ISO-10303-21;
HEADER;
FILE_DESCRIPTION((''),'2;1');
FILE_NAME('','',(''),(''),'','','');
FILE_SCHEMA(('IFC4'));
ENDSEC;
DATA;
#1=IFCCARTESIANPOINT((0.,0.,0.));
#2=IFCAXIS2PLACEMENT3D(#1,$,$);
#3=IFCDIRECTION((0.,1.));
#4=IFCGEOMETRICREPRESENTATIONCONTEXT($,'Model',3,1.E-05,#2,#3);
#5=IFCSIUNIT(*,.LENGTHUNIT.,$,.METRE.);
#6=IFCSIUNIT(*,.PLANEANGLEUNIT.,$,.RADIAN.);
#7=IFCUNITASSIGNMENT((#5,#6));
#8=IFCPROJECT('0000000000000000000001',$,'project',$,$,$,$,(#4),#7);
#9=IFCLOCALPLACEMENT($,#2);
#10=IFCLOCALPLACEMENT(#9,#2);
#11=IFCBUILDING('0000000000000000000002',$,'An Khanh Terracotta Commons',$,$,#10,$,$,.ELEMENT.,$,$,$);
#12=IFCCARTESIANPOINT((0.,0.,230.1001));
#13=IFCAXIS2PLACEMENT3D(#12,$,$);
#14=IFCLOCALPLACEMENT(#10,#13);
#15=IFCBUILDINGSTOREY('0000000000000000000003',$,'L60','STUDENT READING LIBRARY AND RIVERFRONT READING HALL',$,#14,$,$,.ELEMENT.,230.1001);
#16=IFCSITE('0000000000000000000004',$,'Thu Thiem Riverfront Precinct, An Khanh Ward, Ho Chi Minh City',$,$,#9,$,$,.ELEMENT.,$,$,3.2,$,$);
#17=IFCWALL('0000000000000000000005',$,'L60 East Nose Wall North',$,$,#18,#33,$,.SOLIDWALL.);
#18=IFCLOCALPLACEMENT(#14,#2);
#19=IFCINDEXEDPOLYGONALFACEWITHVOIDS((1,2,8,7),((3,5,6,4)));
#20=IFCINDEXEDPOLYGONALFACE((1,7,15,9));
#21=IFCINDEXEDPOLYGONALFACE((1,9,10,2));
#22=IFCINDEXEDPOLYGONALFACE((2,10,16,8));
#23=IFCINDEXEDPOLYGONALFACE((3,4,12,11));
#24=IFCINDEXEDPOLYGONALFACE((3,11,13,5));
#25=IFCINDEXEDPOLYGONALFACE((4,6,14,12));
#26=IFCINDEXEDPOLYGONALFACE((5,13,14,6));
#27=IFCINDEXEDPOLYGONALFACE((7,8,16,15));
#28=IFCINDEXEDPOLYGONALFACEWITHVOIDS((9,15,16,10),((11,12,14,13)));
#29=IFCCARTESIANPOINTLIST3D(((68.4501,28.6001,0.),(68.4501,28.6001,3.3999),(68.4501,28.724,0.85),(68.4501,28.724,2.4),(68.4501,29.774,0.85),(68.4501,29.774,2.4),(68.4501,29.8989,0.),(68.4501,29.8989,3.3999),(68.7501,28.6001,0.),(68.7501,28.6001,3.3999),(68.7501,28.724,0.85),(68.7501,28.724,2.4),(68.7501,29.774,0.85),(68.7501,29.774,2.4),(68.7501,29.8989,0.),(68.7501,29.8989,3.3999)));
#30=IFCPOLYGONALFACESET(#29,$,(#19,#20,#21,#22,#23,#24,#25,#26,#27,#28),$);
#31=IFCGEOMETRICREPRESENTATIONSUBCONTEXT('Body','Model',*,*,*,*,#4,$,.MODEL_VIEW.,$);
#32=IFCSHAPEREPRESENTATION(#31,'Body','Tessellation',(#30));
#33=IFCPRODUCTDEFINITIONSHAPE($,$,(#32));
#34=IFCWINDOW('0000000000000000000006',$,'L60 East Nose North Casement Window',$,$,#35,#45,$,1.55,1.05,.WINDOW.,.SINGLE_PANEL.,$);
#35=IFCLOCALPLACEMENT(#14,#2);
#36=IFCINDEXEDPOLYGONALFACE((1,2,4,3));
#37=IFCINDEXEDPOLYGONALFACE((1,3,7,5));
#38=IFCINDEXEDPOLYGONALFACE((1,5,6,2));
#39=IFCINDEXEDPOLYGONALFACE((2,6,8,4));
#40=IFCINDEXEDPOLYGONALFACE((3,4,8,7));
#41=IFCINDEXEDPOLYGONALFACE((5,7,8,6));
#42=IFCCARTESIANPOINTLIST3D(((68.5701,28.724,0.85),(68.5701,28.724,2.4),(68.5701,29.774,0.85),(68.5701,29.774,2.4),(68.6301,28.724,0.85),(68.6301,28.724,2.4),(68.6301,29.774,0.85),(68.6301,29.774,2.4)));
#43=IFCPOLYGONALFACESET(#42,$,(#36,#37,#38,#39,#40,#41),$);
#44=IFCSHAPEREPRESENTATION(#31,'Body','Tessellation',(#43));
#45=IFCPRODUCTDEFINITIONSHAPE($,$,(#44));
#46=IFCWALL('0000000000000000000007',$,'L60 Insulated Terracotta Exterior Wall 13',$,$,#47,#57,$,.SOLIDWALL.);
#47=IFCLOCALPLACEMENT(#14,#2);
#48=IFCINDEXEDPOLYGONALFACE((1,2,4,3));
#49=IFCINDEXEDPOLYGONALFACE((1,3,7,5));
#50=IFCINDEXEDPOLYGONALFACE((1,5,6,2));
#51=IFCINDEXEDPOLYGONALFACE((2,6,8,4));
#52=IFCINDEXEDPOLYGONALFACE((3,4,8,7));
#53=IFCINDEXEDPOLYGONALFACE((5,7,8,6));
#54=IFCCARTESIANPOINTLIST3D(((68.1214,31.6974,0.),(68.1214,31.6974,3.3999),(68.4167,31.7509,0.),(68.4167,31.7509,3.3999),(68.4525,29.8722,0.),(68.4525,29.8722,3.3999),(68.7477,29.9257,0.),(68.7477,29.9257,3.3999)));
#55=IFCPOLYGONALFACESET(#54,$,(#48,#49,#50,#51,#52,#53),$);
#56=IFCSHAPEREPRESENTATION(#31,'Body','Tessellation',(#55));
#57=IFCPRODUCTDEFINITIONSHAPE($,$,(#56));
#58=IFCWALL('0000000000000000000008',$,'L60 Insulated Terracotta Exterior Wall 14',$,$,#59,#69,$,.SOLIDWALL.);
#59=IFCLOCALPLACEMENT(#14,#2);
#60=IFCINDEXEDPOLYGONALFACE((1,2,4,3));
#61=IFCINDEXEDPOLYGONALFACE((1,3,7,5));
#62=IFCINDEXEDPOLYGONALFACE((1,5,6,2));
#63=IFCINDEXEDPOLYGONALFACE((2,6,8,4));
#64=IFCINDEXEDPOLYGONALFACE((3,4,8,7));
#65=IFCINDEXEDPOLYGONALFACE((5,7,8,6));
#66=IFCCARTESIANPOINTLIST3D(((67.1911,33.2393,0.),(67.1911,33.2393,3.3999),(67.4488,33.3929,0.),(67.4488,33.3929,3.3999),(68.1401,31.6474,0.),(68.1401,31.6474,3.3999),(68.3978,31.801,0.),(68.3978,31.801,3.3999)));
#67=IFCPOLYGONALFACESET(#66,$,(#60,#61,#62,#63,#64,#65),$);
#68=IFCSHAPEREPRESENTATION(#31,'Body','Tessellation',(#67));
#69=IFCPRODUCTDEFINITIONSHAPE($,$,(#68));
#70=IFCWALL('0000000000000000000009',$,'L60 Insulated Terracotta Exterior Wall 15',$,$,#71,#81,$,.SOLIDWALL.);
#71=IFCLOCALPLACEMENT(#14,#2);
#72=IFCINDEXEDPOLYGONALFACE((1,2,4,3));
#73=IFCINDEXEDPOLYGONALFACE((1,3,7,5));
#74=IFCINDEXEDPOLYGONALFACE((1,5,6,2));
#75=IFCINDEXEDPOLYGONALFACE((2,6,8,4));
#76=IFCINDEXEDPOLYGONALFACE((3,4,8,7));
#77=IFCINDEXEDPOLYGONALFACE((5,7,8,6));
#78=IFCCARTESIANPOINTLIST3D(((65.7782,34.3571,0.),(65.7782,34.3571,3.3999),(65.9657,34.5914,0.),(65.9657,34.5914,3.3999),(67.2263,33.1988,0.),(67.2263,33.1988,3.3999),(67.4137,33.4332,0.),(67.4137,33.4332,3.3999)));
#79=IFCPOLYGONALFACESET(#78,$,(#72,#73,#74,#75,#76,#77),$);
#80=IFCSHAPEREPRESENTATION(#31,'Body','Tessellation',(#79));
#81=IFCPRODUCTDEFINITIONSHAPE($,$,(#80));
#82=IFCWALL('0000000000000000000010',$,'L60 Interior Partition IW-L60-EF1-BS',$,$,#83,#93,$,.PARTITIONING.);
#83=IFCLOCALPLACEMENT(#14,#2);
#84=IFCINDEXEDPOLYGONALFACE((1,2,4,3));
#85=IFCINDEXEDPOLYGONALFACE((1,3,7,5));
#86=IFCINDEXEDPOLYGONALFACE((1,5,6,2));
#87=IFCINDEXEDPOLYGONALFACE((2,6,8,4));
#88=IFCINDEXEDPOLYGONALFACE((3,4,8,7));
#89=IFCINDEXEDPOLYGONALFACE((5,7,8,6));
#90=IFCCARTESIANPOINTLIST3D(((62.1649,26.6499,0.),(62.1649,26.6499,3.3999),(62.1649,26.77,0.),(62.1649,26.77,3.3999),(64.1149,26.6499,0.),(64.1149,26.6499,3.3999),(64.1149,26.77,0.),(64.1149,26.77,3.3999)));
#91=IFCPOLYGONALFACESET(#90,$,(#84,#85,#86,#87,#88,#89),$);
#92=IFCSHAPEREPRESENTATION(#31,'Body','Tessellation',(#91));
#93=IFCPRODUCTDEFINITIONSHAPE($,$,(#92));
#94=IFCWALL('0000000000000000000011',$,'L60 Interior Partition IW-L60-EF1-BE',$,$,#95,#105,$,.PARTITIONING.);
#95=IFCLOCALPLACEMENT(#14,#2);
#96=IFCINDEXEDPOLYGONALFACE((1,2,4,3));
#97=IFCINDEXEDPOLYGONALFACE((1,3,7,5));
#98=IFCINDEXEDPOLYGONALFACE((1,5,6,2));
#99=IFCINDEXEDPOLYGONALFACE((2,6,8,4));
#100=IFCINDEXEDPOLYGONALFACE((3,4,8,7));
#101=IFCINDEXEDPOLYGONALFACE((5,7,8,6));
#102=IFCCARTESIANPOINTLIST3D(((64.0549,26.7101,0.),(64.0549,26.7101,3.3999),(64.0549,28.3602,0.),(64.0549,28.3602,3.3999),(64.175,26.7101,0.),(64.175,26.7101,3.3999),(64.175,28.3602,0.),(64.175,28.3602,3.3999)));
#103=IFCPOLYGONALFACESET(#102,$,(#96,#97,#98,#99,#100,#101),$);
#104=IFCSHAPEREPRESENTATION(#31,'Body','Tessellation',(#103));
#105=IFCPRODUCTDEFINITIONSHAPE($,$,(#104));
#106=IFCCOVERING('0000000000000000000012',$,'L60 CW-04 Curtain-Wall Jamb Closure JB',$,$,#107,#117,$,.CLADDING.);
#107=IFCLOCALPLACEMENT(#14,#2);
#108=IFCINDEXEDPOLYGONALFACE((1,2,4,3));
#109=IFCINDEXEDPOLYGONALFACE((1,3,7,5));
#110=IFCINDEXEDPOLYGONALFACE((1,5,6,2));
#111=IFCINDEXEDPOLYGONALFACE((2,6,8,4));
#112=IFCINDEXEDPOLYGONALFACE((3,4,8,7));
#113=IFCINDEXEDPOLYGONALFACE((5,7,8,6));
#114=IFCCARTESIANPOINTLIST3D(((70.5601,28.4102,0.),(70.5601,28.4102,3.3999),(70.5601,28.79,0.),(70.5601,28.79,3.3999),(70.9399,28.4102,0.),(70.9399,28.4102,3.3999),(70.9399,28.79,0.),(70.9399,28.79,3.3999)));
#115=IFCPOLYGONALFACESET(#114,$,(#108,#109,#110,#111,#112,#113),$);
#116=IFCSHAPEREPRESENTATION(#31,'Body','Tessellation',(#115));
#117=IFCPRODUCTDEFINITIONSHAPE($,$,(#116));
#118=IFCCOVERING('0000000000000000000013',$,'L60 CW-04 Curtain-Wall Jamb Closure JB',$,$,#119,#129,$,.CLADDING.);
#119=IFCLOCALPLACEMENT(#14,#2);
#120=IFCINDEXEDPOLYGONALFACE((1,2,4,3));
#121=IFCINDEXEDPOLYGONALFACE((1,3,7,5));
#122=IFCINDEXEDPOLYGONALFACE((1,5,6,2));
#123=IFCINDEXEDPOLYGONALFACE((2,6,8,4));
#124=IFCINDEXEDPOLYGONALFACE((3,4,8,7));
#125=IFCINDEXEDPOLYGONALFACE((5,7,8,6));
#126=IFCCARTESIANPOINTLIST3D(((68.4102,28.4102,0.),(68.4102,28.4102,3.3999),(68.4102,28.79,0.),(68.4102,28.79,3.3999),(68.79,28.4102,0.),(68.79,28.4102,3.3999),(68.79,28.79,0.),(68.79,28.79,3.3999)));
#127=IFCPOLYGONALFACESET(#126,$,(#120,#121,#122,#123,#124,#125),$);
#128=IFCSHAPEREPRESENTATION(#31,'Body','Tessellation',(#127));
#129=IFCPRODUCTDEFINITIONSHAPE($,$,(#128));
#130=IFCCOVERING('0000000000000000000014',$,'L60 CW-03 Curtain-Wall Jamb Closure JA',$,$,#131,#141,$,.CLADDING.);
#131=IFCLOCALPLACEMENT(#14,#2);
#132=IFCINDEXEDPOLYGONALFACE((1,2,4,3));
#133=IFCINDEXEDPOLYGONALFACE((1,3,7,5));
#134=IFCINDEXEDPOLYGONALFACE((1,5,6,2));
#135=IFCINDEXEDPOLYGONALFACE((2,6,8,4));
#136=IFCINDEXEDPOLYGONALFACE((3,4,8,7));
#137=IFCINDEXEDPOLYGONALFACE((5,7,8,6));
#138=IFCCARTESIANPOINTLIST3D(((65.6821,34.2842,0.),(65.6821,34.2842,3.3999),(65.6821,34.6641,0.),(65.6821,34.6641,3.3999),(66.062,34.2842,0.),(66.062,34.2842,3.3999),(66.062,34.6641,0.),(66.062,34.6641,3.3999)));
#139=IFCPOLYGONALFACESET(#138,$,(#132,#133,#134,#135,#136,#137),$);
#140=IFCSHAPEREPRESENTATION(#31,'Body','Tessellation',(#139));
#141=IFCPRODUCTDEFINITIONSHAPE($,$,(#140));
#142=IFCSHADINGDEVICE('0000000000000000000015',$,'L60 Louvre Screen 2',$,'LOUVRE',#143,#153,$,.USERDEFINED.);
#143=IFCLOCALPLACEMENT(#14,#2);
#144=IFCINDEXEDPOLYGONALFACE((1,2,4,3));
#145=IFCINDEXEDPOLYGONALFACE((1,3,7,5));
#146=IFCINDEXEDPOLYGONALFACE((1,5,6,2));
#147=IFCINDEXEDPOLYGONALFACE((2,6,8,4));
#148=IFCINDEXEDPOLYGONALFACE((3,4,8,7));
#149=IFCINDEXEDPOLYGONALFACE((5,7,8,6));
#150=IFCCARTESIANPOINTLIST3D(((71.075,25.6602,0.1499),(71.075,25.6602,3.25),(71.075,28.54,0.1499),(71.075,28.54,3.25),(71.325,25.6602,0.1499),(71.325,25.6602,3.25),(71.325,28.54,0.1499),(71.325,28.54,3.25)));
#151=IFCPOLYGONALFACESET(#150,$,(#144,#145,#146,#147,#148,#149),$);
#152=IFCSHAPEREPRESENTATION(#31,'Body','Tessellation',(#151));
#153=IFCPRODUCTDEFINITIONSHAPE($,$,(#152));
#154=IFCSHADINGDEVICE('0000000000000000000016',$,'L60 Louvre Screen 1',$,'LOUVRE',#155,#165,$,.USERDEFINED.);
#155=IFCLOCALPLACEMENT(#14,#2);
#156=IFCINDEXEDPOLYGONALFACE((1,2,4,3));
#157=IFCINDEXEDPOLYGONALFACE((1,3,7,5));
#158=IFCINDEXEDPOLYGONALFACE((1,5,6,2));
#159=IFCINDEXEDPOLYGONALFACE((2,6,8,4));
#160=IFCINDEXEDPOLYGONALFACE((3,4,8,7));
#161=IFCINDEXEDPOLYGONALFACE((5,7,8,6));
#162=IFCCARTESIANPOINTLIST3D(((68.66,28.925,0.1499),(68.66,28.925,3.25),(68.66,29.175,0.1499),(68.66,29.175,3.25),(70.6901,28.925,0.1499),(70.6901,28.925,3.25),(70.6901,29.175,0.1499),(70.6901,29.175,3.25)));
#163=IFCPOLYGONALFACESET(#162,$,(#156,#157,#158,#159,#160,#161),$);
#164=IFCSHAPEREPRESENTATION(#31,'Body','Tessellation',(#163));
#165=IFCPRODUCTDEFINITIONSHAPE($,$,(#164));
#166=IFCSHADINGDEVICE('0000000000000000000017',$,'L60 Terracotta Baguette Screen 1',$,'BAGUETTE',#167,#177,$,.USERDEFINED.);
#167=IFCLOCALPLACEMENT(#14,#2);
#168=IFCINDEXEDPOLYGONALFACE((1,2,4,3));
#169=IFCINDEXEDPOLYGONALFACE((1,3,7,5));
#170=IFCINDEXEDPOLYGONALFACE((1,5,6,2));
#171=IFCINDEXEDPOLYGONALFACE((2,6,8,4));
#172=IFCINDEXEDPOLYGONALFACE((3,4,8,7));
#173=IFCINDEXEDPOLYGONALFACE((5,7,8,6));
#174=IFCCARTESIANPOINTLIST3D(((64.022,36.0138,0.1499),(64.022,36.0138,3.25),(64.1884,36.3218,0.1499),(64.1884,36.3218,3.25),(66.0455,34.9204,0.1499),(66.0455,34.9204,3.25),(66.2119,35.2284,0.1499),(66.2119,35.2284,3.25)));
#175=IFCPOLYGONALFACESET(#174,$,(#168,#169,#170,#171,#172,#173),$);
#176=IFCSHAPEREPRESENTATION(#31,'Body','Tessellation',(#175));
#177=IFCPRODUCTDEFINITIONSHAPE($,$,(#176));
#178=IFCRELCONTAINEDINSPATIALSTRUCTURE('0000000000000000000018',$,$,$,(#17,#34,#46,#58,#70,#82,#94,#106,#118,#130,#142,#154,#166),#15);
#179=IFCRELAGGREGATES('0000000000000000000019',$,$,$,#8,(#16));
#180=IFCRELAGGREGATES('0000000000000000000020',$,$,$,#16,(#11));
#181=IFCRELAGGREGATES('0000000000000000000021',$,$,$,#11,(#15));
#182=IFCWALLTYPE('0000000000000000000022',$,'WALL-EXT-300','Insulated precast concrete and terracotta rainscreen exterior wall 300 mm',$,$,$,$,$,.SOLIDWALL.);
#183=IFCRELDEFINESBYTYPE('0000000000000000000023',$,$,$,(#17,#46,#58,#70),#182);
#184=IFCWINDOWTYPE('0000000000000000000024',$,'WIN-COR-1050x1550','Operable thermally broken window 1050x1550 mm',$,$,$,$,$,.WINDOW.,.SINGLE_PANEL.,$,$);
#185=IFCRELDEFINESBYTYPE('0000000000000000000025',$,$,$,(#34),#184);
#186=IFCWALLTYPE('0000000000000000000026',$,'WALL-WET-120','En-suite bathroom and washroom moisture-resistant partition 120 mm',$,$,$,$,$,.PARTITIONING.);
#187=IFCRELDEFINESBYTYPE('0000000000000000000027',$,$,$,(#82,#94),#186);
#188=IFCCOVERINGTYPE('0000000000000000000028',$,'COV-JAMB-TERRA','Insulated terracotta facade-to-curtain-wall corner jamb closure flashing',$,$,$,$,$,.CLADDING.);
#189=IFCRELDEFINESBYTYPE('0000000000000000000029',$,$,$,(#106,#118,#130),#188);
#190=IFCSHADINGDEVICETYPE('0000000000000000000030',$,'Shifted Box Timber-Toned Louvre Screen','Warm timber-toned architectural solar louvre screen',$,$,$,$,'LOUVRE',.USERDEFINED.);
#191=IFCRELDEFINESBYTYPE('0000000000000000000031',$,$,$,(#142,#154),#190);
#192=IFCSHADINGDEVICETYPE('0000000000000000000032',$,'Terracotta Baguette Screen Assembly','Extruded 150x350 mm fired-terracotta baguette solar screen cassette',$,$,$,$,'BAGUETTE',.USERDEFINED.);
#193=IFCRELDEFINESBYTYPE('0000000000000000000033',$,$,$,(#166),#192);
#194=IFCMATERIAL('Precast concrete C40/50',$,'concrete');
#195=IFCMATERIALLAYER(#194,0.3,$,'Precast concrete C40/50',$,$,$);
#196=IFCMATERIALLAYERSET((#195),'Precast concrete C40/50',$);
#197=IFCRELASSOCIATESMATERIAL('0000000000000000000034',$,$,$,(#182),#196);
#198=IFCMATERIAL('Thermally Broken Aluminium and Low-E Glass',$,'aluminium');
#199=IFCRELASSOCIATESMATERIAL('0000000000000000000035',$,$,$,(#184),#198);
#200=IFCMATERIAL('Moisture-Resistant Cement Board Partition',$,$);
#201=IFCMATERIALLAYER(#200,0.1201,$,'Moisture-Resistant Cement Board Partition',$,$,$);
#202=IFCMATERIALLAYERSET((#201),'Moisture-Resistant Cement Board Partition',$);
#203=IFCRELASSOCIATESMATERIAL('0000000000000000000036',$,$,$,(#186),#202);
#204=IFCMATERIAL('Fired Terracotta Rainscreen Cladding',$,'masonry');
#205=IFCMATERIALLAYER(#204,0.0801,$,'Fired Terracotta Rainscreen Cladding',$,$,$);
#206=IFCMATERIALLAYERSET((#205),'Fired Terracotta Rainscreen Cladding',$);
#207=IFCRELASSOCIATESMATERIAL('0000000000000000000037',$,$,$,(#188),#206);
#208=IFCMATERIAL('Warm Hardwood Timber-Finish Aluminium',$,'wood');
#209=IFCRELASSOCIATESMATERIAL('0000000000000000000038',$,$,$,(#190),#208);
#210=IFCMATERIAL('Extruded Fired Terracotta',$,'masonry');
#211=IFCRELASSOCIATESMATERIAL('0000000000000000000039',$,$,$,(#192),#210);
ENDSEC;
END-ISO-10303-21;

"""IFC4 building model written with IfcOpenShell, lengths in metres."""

from ifc_helpers import new_model, si_unit, direction, frame, frame_2d, origin, origin_2d, place, context, subcontext, project, spatial, rectangle, extrude, material, layer, layer_set, type_object, element, fill, save


model = new_model("IFC4")

# Units and contexts
model_context = context("Model", 3, precision=1e-05, world=origin(), true_north=direction((0.0, 1.0)))
body_context = subcontext(model_context, "Body", "Model", "MODEL_VIEW")
ifc_project = project(units=[si_unit("LENGTHUNIT", "METRE"), si_unit("PLANEANGLEUNIT", "RADIAN")], contexts=[model_context])

# Site, building, storey
site_placement = place(None, origin())
site = spatial("IfcSite", under=ifc_project, at=site_placement, Name="Thu Thiem Riverfront Precinct, An Khanh Ward, Ho Chi Minh City", CompositionType="ELEMENT", RefElevation=3.2)
building_placement = place(site_placement, origin())
building = spatial("IfcBuilding", under=site, at=building_placement, Name="An Khanh Terracotta Commons", CompositionType="ELEMENT")
storey_placement = place(building_placement, frame((0.0, 0.0, 230.1001)))
storey = spatial("IfcBuildingStorey", under=building, at=storey_placement, Name="L60", Description="STUDENT READING LIBRARY AND RIVERFRONT READING HALL", CompositionType="ELEMENT", Elevation=230.1001)

# Wall, opening, window
ifc_material_1 = material(Name="Precast concrete C40/50", Category="concrete")
ifc_layer_1 = layer(ifc_material_1, 0.3, Name="Precast concrete C40/50")
ifc_layer_set_1 = layer_set([ifc_layer_1], Name="Precast concrete C40/50")
wall_type_1 = type_object("IfcWallType", Name="WALL-EXT-300", Description="Insulated precast concrete and terracotta rainscreen exterior wall 300 mm", PredefinedType="SOLIDWALL", material=ifc_layer_set_1)
wall_1_placement = place(storey_placement, frame((68.6001, 28.6001, 0.0), z_axis=(0.0, 0.0, 1.0), x_axis=(0.0, 1.0, 0.0)))
wall_1 = element("IfcWall", 1, at=wall_1_placement, inside=storey, type_object=wall_type_1, Name="L60 East Nose Wall North", PredefinedType="SOLIDWALL", context=body_context, shape_type="SweptSolid", body=[
    extrude(rectangle(XDim=1.2988, YDim=0.3, at=frame_2d((0.6494, 0.0))), origin(), (0.0, 0.0, 1.0), 3.3999),
])
opening_placement = place(wall_1_placement, frame((0.124, 0.0, 0.8501)))
opening = element("IfcOpeningElement", 2, at=opening_placement, cuts=wall_1, PredefinedType="OPENING", context=body_context, shape_type="SweptSolid", body=[
    extrude(rectangle(XDim=1.05, YDim=1.55, at=frame_2d((0.5249, 0.7749))), frame((0.0, 0.1599, 0.0), z_axis=(0.0, -1.0, 0.0), x_axis=(1.0, 0.0, 0.0)), (0.0, 0.0, 1.0), 0.3201),
])
ifc_material_2 = material(Name="Thermally Broken Aluminium and Low-E Glass", Category="aluminium")
window_type = type_object("IfcWindowType", Name="WIN-COR-1050x1550", Description="Operable thermally broken window 1050x1550 mm", PartitioningType="SINGLE_PANEL", PredefinedType="WINDOW", material=ifc_material_2)
window_placement = place(opening_placement, origin())
window = element("IfcWindow", 3, at=window_placement, inside=storey, type_object=window_type, Name="L60 East Nose North Casement Window", OverallHeight=1.55, OverallWidth=1.05, PartitioningType="SINGLE_PANEL", PredefinedType="WINDOW", context=body_context, shape_type="SweptSolid", body=[
    extrude(rectangle(XDim=1.05, YDim=1.55, at=frame_2d((0.5249, 0.7749))), frame((0.0, 0.03, 0.0), z_axis=(0.0, -1.0, 0.0), x_axis=(1.0, 0.0, 0.0)), (0.0, 0.0, 1.0), 0.0601),
])
fill(opening, window)

# Walls
wall_2_placement = place(storey_placement, frame((68.6001, 29.8989, 0.0), z_axis=(0.0, 0.0, 1.0), x_axis=(-0.178468, 0.983946, 0.0)))
element("IfcWall", 4, at=wall_2_placement, inside=storey, type_object=wall_type_1, Name="L60 Insulated Terracotta Exterior Wall 13", PredefinedType="SOLIDWALL", context=body_context, shape_type="SweptSolid", body=[
    extrude(rectangle(XDim=1.855, YDim=0.3, at=frame_2d((0.9275, 0.0))), origin(), (0.0, 0.0, 1.0), 3.3999),
])
wall_3_placement = place(storey_placement, frame((68.269, 31.7241, 0.0), z_axis=(0.0, 0.0, 1.0), x_axis=(-0.512072, 0.858943, 0.0)))
element("IfcWall", 5, at=wall_3_placement, inside=storey, type_object=wall_type_1, Name="L60 Insulated Terracotta Exterior Wall 14", PredefinedType="SOLIDWALL", context=body_context, shape_type="SweptSolid", body=[
    extrude(rectangle(XDim=1.8533, YDim=0.3, at=frame_2d((0.9268, 0.0))), origin(), (0.0, 0.0, 1.0), 3.3999),
])
wall_4_placement = place(storey_placement, frame((67.3201, 33.3159, 0.0), z_axis=(0.0, 0.0, 1.0), x_axis=(-0.78092, 0.624631, 0.0)))
element("IfcWall", 6, at=wall_4_placement, inside=storey, type_object=wall_type_1, Name="L60 Insulated Terracotta Exterior Wall 15", PredefinedType="SOLIDWALL", context=body_context, shape_type="SweptSolid", body=[
    extrude(rectangle(XDim=1.8542, YDim=0.3, at=frame_2d((0.9272, 0.0))), origin(), (0.0, 0.0, 1.0), 3.3999),
])
ifc_material_3 = material(Name="Moisture-Resistant Cement Board Partition")
ifc_layer_2 = layer(ifc_material_3, 0.1201, Name="Moisture-Resistant Cement Board Partition")
ifc_layer_set_2 = layer_set([ifc_layer_2], Name="Moisture-Resistant Cement Board Partition")
wall_type_2 = type_object("IfcWallType", Name="WALL-WET-120", Description="En-suite bathroom and washroom moisture-resistant partition 120 mm", PredefinedType="PARTITIONING", material=ifc_layer_set_2)
wall_5_placement = place(storey_placement, frame((64.115, 26.71, 0.0), z_axis=(0.0, 0.0, 1.0), x_axis=(-1.0, 0.0, 0.0)))
element("IfcWall", 7, at=wall_5_placement, inside=storey, type_object=wall_type_2, Name="L60 Interior Partition IW-L60-EF1-BS", PredefinedType="PARTITIONING", context=body_context, shape_type="SweptSolid", body=[
    extrude(rectangle(XDim=1.95, YDim=0.1201, at=frame_2d((0.9751, 0.0))), origin(), (0.0, 0.0, 1.0), 3.3999),
])
wall_6_placement = place(storey_placement, frame((64.115, 26.71, 0.0), z_axis=(0.0, 0.0, 1.0), x_axis=(0.0, 1.0, 0.0)))
element("IfcWall", 8, at=wall_6_placement, inside=storey, type_object=wall_type_2, Name="L60 Interior Partition IW-L60-EF1-BE", PredefinedType="PARTITIONING", context=body_context, shape_type="SweptSolid", body=[
    extrude(rectangle(XDim=1.6501, YDim=0.1201, at=frame_2d((0.8252, 0.0))), origin(), (0.0, 0.0, 1.0), 3.3999),
])

# Coverings
ifc_material_4 = material(Name="Fired Terracotta Rainscreen Cladding", Category="masonry")
ifc_layer_3 = layer(ifc_material_4, 0.0801, Name="Fired Terracotta Rainscreen Cladding")
ifc_layer_set_3 = layer_set([ifc_layer_3], Name="Fired Terracotta Rainscreen Cladding")
covering_type = type_object("IfcCoveringType", Name="COV-JAMB-TERRA", Description="Insulated terracotta facade-to-curtain-wall corner jamb closure flashing", PredefinedType="CLADDING", material=ifc_layer_set_3)
for number, where, z_axis, x_axis, name in (
    (9, (70.75, 28.6001, 0.0), (0.0, 0.0, 1.0), (1.0, 0.0, 0.0), "L60 CW-04 Curtain-Wall Jamb Closure JB"),
    (10, (68.6001, 28.6001, 0.0), (0.0, 0.0, 1.0), (1.0, 0.0, 0.0), "L60 CW-04 Curtain-Wall Jamb Closure JB"),
    (11, (65.8721, 34.4741, 0.0), (0.0, 0.0, 1.0), (1.0, 0.0, 0.0), "L60 CW-03 Curtain-Wall Jamb Closure JA"),
):
    element("IfcCovering", number, at=place(storey_placement, frame(where, z_axis=z_axis, x_axis=x_axis)), inside=storey, type_object=covering_type, Name=name, PredefinedType="CLADDING", context=body_context, shape_type="SweptSolid", body=[
        extrude(rectangle(XDim=0.3799, YDim=0.3799, at=origin_2d()), origin(), (0.0, 0.0, 1.0), 3.3999),
    ])

# Shading devices
ifc_material_5 = material(Name="Warm Hardwood Timber-Finish Aluminium", Category="wood")
shading_device_type_1 = type_object("IfcShadingDeviceType", Name="Shifted Box Timber-Toned Louvre Screen", Description="Warm timber-toned architectural solar louvre screen", ElementType="LOUVRE", PredefinedType="USERDEFINED", material=ifc_material_5)
shading_device_1_placement = place(storey_placement, frame((71.2, 27.1001, 0.1499), z_axis=(0.0, 0.0, 1.0), x_axis=(0.0, 1.0, 0.0)))
element("IfcShadingDevice", 12, at=shading_device_1_placement, inside=storey, type_object=shading_device_type_1, Name="L60 Louvre Screen 2", ObjectType="LOUVRE", PredefinedType="USERDEFINED", context=body_context, shape_type="SweptSolid", body=[
    extrude(rectangle(XDim=2.8799, YDim=0.25, at=origin_2d()), origin(), (0.0, 0.0, 1.0), 3.1001),
])
shading_device_2_placement = place(storey_placement, frame((69.675, 29.05, 0.1499), z_axis=(0.0, 0.0, 1.0), x_axis=(-1.0, 0.0, 0.0)))
element("IfcShadingDevice", 13, at=shading_device_2_placement, inside=storey, type_object=shading_device_type_1, Name="L60 Louvre Screen 1", ObjectType="LOUVRE", PredefinedType="USERDEFINED", context=body_context, shape_type="SweptSolid", body=[
    extrude(rectangle(XDim=2.03, YDim=0.25, at=origin_2d()), origin(), (0.0, 0.0, 1.0), 3.1001),
])
ifc_material_6 = material(Name="Extruded Fired Terracotta", Category="masonry")
shading_device_type_2 = type_object("IfcShadingDeviceType", Name="Terracotta Baguette Screen Assembly", Description="Extruded 150x350 mm fired-terracotta baguette solar screen cassette", ElementType="BAGUETTE", PredefinedType="USERDEFINED", material=ifc_material_6)
shading_device_3_placement = place(storey_placement, frame((65.1169, 35.6211, 0.1499), z_axis=(0.0, 0.0, 1.0), x_axis=(-0.87978, 0.475381, 0.0)))
element("IfcShadingDevice", 14, at=shading_device_3_placement, inside=storey, type_object=shading_device_type_2, Name="L60 Terracotta Baguette Screen 1", ObjectType="BAGUETTE", PredefinedType="USERDEFINED", context=body_context, shape_type="SweptSolid", body=[
    extrude(rectangle(XDim=2.3, YDim=0.3501, at=origin_2d()), origin(), (0.0, 0.0, 1.0), 3.1001),
])

save(model, "model.ifc")
